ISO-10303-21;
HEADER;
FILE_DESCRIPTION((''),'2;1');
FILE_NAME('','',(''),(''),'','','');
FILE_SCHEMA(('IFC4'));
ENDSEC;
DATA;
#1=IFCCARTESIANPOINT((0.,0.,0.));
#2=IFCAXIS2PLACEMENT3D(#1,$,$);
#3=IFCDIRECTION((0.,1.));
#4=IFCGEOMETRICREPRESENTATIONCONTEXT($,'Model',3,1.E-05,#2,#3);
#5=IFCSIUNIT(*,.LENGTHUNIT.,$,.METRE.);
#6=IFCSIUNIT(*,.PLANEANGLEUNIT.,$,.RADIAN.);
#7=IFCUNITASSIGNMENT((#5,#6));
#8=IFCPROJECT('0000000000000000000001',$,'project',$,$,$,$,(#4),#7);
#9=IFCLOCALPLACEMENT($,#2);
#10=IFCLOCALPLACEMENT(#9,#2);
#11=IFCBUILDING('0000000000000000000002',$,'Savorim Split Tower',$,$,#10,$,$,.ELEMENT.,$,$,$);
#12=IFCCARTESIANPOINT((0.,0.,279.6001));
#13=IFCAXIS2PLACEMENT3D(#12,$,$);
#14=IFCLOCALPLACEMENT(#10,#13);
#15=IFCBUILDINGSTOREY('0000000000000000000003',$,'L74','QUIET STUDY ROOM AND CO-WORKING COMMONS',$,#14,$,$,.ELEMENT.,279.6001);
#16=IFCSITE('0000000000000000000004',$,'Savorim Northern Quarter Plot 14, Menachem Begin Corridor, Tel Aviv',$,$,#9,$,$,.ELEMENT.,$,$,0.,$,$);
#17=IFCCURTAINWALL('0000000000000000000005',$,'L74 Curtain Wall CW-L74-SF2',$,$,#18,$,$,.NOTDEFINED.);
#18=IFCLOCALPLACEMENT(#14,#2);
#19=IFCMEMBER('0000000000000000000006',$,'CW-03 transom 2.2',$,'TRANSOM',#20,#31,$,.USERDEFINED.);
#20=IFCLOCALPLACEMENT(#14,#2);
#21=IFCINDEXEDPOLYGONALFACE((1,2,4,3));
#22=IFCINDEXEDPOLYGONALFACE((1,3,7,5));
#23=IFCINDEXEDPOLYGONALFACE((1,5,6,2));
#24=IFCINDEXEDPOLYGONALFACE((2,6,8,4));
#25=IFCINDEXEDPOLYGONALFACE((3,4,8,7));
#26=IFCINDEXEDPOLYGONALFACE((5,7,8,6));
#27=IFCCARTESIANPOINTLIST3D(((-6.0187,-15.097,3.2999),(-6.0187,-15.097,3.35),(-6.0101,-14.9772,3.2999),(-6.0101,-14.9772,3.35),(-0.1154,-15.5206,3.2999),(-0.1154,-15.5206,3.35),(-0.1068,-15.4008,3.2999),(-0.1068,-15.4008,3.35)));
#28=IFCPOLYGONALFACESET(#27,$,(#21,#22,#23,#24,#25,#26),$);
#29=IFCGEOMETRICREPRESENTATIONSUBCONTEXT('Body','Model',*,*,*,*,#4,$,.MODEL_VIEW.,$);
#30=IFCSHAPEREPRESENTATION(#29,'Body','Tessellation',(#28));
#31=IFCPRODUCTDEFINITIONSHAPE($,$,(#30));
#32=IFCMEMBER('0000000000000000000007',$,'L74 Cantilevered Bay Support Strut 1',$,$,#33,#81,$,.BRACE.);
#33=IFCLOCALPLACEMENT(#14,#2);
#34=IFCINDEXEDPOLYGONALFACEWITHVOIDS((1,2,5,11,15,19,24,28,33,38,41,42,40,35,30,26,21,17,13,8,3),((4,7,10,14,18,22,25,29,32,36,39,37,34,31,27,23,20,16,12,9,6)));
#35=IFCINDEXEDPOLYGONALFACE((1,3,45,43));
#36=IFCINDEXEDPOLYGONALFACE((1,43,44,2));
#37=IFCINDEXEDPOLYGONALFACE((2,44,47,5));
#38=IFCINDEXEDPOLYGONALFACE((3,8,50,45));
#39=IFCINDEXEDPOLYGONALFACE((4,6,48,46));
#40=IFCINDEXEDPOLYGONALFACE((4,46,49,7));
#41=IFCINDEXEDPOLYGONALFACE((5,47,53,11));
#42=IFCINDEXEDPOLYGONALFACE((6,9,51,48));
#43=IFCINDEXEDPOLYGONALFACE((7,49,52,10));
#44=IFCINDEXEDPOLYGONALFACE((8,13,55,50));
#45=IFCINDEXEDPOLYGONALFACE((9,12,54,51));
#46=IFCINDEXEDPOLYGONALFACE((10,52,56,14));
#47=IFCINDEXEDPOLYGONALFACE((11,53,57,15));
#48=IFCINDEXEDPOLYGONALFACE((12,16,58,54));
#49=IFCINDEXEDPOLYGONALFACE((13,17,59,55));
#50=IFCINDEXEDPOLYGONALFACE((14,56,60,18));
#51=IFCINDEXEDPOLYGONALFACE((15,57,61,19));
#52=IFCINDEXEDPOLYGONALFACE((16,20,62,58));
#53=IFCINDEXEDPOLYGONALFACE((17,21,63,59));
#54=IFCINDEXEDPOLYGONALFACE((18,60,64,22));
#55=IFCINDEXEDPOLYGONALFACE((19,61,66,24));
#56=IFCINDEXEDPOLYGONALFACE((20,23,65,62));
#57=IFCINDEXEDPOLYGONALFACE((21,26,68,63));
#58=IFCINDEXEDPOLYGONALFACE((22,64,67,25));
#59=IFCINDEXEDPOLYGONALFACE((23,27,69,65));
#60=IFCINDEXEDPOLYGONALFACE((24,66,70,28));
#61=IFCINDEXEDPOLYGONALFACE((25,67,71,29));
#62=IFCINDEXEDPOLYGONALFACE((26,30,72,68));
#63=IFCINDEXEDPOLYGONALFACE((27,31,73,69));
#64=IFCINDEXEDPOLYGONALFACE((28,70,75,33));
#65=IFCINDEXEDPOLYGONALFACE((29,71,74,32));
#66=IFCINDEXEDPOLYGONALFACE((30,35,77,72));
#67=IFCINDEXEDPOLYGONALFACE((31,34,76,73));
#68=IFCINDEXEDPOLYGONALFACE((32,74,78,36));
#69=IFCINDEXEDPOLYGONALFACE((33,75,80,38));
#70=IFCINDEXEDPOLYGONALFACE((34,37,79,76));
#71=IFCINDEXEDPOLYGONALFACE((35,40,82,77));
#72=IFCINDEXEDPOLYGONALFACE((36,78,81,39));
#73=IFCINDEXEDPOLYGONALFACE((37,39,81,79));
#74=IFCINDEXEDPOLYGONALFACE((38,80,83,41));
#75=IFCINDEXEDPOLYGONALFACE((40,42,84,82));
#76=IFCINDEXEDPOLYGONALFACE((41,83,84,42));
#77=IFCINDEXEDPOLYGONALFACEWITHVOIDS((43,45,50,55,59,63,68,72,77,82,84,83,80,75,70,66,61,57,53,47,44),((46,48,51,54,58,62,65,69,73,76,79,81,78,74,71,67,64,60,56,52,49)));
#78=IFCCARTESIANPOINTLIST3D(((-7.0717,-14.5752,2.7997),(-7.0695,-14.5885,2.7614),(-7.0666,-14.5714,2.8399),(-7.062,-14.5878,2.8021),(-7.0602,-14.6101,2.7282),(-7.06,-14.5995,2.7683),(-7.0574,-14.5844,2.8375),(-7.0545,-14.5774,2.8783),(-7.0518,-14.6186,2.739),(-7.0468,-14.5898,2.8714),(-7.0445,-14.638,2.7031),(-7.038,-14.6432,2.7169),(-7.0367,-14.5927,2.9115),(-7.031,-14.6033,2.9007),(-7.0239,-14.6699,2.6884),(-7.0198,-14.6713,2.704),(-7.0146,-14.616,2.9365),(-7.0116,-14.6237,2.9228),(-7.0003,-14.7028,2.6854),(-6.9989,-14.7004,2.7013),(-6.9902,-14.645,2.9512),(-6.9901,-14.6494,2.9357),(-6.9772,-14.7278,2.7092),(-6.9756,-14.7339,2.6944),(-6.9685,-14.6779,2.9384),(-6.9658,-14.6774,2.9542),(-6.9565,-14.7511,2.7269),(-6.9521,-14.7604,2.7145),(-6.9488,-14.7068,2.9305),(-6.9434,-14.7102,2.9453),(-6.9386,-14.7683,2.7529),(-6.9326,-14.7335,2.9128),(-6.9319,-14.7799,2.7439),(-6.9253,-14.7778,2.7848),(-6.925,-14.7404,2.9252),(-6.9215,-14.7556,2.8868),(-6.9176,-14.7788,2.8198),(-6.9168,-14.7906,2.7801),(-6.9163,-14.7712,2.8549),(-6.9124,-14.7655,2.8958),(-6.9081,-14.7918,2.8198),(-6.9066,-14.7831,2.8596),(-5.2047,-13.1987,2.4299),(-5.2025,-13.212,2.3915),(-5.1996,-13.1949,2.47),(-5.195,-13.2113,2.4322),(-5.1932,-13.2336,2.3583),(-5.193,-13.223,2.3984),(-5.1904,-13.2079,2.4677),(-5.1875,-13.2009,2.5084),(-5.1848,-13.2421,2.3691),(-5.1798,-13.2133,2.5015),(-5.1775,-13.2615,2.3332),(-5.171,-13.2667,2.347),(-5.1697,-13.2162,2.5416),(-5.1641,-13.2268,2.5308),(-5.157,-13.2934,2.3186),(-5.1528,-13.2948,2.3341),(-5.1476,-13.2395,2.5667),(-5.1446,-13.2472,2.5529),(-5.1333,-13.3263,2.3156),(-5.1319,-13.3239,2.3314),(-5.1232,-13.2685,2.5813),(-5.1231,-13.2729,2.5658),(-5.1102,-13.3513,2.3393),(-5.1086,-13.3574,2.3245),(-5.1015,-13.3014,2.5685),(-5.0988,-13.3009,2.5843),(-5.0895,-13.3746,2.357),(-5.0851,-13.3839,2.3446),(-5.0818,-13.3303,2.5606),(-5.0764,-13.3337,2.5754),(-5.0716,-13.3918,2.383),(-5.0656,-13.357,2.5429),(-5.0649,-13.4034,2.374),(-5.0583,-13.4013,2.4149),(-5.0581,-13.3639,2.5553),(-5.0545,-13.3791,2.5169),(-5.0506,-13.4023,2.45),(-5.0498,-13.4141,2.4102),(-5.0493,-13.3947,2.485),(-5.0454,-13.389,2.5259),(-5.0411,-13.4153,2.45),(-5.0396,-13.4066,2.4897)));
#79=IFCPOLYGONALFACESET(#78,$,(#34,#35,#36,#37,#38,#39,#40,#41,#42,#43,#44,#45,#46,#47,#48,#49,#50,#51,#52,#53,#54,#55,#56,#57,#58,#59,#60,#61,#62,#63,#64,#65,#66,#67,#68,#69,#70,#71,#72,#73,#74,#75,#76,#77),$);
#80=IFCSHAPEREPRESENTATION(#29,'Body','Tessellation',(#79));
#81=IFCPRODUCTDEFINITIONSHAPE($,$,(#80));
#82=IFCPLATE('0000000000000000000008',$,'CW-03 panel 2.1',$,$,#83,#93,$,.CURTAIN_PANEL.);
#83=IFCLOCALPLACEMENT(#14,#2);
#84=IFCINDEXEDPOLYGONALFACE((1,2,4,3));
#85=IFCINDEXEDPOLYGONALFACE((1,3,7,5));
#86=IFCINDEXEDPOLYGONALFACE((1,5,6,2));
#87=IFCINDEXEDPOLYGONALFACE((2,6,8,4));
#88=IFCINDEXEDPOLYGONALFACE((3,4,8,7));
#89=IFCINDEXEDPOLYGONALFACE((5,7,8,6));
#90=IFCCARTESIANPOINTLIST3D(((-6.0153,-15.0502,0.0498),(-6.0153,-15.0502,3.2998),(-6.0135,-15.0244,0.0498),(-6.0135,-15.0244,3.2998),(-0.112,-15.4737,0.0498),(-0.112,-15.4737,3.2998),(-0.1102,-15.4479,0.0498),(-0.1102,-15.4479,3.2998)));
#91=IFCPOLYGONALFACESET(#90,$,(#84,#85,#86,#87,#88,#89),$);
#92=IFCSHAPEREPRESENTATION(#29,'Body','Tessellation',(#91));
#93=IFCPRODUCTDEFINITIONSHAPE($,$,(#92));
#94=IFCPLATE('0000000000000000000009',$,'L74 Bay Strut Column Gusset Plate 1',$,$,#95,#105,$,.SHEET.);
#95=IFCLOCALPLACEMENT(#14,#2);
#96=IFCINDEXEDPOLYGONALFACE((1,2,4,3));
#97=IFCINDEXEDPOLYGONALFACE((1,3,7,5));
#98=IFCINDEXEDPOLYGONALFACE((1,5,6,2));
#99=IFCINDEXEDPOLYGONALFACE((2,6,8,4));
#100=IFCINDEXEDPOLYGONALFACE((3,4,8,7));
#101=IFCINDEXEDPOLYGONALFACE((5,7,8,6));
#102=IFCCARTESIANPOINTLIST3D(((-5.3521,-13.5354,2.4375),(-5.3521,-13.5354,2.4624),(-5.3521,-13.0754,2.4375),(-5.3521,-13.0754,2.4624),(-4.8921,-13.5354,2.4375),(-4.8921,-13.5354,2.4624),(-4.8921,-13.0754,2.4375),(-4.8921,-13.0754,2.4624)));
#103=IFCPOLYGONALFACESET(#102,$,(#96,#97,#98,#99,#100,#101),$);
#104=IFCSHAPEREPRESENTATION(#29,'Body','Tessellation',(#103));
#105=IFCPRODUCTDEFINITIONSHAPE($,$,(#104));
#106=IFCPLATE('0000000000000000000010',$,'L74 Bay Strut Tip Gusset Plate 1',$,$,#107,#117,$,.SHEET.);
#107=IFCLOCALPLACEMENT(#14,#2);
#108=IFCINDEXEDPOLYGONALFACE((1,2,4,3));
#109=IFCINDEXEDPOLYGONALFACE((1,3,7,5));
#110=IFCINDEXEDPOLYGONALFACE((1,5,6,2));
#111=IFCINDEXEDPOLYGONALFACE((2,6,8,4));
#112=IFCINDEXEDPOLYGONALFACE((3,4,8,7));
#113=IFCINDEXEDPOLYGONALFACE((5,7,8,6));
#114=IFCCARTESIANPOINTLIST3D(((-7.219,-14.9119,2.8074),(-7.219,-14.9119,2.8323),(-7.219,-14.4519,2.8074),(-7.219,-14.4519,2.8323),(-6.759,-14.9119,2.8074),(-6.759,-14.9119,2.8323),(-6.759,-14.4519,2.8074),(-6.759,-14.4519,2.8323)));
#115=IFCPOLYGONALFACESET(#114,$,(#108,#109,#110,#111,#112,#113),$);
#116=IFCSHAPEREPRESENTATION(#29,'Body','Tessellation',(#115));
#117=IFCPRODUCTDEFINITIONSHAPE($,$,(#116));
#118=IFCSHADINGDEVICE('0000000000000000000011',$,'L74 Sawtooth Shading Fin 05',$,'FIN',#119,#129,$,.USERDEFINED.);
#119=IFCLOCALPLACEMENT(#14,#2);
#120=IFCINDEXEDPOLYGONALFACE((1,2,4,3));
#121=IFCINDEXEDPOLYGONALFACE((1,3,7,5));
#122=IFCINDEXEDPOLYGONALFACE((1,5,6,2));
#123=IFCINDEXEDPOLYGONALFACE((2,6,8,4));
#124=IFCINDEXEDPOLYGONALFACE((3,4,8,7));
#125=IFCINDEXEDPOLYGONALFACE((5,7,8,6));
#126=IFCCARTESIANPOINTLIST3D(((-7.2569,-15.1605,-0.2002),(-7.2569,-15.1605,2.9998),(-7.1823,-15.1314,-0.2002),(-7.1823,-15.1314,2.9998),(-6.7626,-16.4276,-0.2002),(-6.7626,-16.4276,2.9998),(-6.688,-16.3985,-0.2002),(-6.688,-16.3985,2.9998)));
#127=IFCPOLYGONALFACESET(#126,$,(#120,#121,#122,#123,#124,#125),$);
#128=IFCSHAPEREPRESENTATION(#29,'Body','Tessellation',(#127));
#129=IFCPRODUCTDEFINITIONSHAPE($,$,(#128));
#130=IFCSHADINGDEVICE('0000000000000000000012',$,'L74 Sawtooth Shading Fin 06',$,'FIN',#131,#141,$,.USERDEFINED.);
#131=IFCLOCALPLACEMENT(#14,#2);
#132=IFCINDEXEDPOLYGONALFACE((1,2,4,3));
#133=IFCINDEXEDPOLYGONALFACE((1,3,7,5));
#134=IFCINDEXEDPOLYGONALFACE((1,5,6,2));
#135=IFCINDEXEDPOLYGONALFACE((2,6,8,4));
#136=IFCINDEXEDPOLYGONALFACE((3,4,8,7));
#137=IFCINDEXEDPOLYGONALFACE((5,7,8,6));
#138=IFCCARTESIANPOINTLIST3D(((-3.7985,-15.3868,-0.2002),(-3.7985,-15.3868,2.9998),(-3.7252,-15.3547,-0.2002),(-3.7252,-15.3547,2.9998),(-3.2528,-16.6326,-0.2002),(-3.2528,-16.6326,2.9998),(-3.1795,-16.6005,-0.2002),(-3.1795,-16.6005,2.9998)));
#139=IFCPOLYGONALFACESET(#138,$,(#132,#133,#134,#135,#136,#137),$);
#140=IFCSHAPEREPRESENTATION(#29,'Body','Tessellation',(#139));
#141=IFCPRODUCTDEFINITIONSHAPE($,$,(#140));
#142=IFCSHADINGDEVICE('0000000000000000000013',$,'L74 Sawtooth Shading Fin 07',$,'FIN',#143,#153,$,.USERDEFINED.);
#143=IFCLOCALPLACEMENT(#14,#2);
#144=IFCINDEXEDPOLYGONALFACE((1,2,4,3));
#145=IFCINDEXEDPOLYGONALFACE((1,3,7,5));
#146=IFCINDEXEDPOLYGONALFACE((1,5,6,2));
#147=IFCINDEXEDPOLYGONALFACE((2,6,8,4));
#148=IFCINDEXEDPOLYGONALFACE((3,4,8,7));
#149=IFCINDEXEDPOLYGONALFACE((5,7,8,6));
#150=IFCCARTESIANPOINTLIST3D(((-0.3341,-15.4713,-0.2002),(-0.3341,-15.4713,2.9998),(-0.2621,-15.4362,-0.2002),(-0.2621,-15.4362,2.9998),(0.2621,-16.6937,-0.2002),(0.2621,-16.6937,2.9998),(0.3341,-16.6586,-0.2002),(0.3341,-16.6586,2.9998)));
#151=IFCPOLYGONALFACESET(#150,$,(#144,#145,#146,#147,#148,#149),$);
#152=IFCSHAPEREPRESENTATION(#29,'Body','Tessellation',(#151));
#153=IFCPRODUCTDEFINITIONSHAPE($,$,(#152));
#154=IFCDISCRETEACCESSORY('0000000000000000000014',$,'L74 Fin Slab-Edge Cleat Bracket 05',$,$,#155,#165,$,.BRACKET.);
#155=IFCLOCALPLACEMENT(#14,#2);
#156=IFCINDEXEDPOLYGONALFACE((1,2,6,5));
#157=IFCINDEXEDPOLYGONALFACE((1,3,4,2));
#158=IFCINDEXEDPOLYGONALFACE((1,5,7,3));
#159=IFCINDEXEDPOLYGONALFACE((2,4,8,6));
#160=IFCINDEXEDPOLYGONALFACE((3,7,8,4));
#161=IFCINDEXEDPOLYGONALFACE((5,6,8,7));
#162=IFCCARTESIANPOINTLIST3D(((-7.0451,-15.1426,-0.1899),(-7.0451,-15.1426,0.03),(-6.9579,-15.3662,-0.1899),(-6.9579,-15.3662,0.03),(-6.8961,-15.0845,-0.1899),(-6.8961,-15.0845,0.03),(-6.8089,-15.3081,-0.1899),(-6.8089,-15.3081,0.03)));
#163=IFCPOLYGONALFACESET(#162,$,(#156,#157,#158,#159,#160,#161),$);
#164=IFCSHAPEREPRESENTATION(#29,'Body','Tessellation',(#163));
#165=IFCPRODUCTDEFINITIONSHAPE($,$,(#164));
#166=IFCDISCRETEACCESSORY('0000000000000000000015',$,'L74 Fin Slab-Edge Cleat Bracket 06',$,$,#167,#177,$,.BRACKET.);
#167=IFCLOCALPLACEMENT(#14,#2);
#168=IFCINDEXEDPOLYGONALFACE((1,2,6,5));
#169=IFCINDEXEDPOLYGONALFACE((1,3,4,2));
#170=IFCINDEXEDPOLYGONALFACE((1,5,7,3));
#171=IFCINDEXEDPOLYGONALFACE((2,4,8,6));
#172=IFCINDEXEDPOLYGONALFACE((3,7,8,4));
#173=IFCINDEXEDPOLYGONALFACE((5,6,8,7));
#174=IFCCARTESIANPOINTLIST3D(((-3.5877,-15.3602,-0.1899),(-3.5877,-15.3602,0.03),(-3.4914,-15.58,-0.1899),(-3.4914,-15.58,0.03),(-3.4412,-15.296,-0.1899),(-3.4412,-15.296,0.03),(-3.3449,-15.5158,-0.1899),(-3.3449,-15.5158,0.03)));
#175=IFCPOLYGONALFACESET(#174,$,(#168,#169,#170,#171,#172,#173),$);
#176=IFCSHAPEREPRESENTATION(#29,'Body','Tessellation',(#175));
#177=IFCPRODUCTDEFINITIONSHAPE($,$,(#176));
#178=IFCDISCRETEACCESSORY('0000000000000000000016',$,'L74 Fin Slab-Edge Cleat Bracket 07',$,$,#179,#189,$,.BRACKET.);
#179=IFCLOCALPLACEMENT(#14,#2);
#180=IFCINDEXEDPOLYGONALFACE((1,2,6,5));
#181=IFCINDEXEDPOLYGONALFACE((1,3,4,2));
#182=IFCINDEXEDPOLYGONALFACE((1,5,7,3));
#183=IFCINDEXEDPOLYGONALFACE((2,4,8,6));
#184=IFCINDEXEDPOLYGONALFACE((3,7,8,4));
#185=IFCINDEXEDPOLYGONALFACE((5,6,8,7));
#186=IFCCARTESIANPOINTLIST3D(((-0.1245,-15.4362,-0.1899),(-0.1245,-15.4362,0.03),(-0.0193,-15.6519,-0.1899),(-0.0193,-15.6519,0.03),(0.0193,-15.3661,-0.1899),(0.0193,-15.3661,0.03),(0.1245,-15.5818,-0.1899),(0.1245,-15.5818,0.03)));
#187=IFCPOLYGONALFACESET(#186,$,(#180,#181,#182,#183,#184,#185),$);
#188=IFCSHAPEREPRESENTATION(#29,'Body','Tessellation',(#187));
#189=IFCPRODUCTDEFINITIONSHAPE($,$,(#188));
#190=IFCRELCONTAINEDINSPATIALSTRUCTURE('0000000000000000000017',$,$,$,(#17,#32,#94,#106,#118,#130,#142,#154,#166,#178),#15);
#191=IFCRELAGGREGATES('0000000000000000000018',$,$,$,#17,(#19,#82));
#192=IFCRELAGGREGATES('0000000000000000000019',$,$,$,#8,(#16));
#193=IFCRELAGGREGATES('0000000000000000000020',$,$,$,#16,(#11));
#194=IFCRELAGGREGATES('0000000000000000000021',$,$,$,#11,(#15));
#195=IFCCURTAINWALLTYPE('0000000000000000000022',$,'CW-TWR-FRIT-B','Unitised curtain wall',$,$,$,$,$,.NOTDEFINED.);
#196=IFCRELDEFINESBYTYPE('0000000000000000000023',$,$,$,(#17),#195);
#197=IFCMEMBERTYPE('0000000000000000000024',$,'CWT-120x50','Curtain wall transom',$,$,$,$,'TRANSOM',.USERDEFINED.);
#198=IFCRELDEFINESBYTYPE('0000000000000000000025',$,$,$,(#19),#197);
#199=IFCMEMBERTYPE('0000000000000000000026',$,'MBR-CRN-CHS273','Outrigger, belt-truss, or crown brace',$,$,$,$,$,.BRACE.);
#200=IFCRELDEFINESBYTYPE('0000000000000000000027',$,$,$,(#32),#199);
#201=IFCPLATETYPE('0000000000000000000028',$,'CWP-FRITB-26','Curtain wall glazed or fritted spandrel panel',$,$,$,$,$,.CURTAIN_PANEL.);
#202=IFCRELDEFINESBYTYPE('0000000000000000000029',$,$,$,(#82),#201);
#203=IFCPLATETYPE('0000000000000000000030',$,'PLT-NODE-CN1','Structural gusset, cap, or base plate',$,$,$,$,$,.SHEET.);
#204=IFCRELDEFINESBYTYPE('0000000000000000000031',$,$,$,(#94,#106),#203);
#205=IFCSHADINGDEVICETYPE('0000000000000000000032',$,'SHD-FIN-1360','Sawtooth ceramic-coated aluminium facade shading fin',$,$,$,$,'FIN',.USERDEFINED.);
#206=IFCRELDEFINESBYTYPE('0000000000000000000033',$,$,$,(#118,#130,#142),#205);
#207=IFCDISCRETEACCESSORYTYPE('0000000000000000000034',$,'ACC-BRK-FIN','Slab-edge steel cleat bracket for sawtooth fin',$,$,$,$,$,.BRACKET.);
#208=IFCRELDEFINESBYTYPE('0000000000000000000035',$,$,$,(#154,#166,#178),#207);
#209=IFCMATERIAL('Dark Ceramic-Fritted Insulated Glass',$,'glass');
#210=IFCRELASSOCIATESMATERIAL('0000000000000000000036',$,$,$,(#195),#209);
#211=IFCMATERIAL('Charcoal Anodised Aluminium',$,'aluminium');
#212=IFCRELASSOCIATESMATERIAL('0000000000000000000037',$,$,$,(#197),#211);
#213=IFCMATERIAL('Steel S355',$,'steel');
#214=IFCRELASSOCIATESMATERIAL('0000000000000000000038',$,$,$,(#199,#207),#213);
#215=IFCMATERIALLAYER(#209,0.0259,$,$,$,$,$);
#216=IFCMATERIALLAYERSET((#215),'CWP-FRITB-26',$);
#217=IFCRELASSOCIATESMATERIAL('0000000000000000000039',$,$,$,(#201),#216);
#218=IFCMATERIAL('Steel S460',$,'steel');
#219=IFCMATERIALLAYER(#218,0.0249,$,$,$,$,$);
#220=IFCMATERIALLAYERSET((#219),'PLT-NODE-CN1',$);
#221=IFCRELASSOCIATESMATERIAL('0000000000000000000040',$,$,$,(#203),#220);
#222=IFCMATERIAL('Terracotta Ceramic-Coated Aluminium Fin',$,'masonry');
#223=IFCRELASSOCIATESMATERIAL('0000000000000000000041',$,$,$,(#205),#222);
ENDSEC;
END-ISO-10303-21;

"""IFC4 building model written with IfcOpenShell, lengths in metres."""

from ifc_helpers import new_model, si_unit, direction, frame, origin, origin_2d, place, context, subcontext, project, spatial, rectangle, hollow_circle, extrude, material, layer, layer_set, material_profile, profile_set, type_object, element, aggregate, save


model = new_model("IFC4")

# Units and contexts
model_context = context("Model", 3, precision=1e-05, world=origin(), true_north=direction((0.0, 1.0)))
body_context = subcontext(model_context, "Body", "Model", "MODEL_VIEW")
ifc_project = project(units=[si_unit("LENGTHUNIT", "METRE"), si_unit("PLANEANGLEUNIT", "RADIAN")], contexts=[model_context])

# Site, building, storey
site_placement = place(None, origin())
site = spatial("IfcSite", under=ifc_project, at=site_placement, Name="Savorim Northern Quarter Plot 14, Menachem Begin Corridor, Tel Aviv", CompositionType="ELEMENT", RefElevation=0.0)
building_placement = place(site_placement, origin())
building = spatial("IfcBuilding", under=site, at=building_placement, Name="Savorim Split Tower", CompositionType="ELEMENT")
storey_placement = place(building_placement, frame((0.0, 0.0, 279.6001)))
storey = spatial("IfcBuildingStorey", under=building, at=storey_placement, Name="L74", Description="QUIET STUDY ROOM AND CO-WORKING COMMONS", CompositionType="ELEMENT", Elevation=279.6001)

# Shared definitions
ifc_material_1 = material(Name="Steel S355", Category="steel")

# Curtain wall, member
ifc_material_2 = material(Name="Dark Ceramic-Fritted Insulated Glass", Category="glass")
curtain_wall_type = type_object("IfcCurtainWallType", Name="CW-TWR-FRIT-B", Description="Unitised curtain wall", PredefinedType="NOTDEFINED", material=ifc_material_2)
curtain_wall_placement = place(storey_placement, origin())
curtain_wall = element("IfcCurtainWall", 1, at=curtain_wall_placement, inside=storey, type_object=curtain_wall_type, Name="L74 Curtain Wall CW-L74-SF2", PredefinedType="NOTDEFINED")
ifc_material_3 = material(Name="Charcoal Anodised Aluminium", Category="aluminium")
ifc_material_profile_1 = material_profile(ifc_material_3, rectangle(XDim=0.1201, YDim=0.05, at=origin_2d()), Name="ALU-T 120x50")
ifc_profile_set_1 = profile_set([ifc_material_profile_1], Name="Charcoal Anodised Aluminium")
member_type_1 = type_object("IfcMemberType", Name="CWT-120x50", Description="Curtain wall transom", ElementType="TRANSOM", PredefinedType="USERDEFINED", material=ifc_profile_set_1)
member_1_placement = place(storey_placement, frame((-6.0144, -15.0371, 3.325), z_axis=(0.997436, -0.07157, 0.0), x_axis=(0.07157, 0.997436, 0.0)))
member_1 = element("IfcMember", 2, at=member_1_placement, type_object=member_type_1, Name="CW-03 transom 2.2", ObjectType="TRANSOM", PredefinedType="USERDEFINED", context=body_context, shape_type="SweptSolid", body=[
    extrude(rectangle(XDim=0.1201, YDim=0.05, at=origin_2d()), origin(), (0.0, 0.0, 1.0), 5.9185),
])

# Member
ifc_material_profile_2 = material_profile(ifc_material_1, hollow_circle(Radius=0.1365, WallThickness=0.0161, at=origin_2d()), Name="CHS 273x16")
ifc_profile_set_2 = profile_set([ifc_material_profile_2], Name="Steel S355")
member_type_2 = type_object("IfcMemberType", Name="MBR-CRN-CHS273", Description="Outrigger, belt-truss, or crown brace", PredefinedType="BRACE", material=ifc_profile_set_2)
member_2_placement = place(storey_placement, frame((-5.1221, -13.3054, 2.45), z_axis=(-0.794844, -0.586025, 0.157472), x_axis=(0.593429, -0.804886, 0.0)))
element("IfcMember", 3, at=member_2_placement, inside=storey, type_object=member_type_2, Name="L74 Cantilevered Bay Support Strut 1", PredefinedType="BRACE", context=body_context, shape_type="SweptSolid", body=[
    extrude(hollow_circle(Radius=0.1365, WallThickness=0.0161, at=origin_2d()), origin(), (0.0, 0.0, 1.0), 2.3489),
])

# Plate
ifc_layer_1 = layer(ifc_material_2, 0.0259)
ifc_layer_set_1 = layer_set([ifc_layer_1], Name="CWP-FRITB-26")
plate_type_1 = type_object("IfcPlateType", Name="CWP-FRITB-26", Description="Curtain wall glazed or fritted spandrel panel", PredefinedType="CURTAIN_PANEL", material=ifc_layer_set_1)
plate_placement = place(storey_placement, frame((-3.0627, -15.249, 0.0498), z_axis=(0.0, 0.0, 1.0), x_axis=(0.997436, -0.071558, 0.0)))
plate = element("IfcPlate", 4, at=plate_placement, type_object=plate_type_1, Name="CW-03 panel 2.1", PredefinedType="CURTAIN_PANEL", context=body_context, shape_type="SweptSolid", body=[
    extrude(rectangle(XDim=5.9185, YDim=0.0259, at=origin_2d()), origin(), (0.0, 0.0, 1.0), 3.25),
])
aggregate(curtain_wall, [member_1, plate])

# Plates
ifc_material_4 = material(Name="Steel S460", Category="steel")
ifc_layer_2 = layer(ifc_material_4, 0.0249)
ifc_layer_set_2 = layer_set([ifc_layer_2], Name="PLT-NODE-CN1")
plate_type_2 = type_object("IfcPlateType", Name="PLT-NODE-CN1", Description="Structural gusset, cap, or base plate", PredefinedType="SHEET", material=ifc_layer_set_2)
for number, where, z_axis, x_axis, name in (
    (5, (-5.1221, -13.3054, 2.4375), (0.0, 0.0, 1.0), (1.0, 0.0, 0.0), "L74 Bay Strut Column Gusset Plate 1"),
    (6, (-6.989, -14.6819, 2.8074), (0.0, 0.0, 1.0), (1.0, 0.0, 0.0), "L74 Bay Strut Tip Gusset Plate 1"),
):
    element("IfcPlate", number, at=place(storey_placement, frame(where, z_axis=z_axis, x_axis=x_axis)), inside=storey, type_object=plate_type_2, Name=name, PredefinedType="SHEET", context=body_context, shape_type="SweptSolid", body=[
        extrude(rectangle(XDim=0.46, YDim=0.46, at=origin_2d()), origin(), (0.0, 0.0, 1.0), 0.0249),
    ])

# Shading devices
ifc_material_5 = material(Name="Terracotta Ceramic-Coated Aluminium Fin", Category="masonry")
shading_device_type = type_object("IfcShadingDeviceType", Name="SHD-FIN-1360", Description="Sawtooth ceramic-coated aluminium facade shading fin", ElementType="FIN", PredefinedType="USERDEFINED", material=ifc_material_5)
for number, where, z_axis, x_axis, name in (
    (7, (-6.9724, -15.7795, -0.2002), (0.0, 0.0, 1.0), (0.363415, -0.931627, 0.0), "L74 Sawtooth Shading Fin 05"),
    (8, (-3.489, -15.9937, -0.2002), (0.0, 0.0, 1.0), (0.40123, -0.915977, 0.0), "L74 Sawtooth Shading Fin 06"),
    (9, (0.0, -16.0649, -0.2002), (0.0, 0.0, 1.0), (0.438371, -0.898794, 0.0), "L74 Sawtooth Shading Fin 07"),
):
    element("IfcShadingDevice", number, at=place(storey_placement, frame(where, z_axis=z_axis, x_axis=x_axis)), inside=storey, type_object=shading_device_type, Name=name, ObjectType="FIN", PredefinedType="USERDEFINED", context=body_context, shape_type="SweptSolid", body=[
        extrude(rectangle(XDim=1.3601, YDim=0.0801, at=origin_2d()), origin(), (0.0, 0.0, 1.0), 3.2),
    ])

# Discrete accessories
discrete_accessory_type = type_object("IfcDiscreteAccessoryType", Name="ACC-BRK-FIN", Description="Slab-edge steel cleat bracket for sawtooth fin", PredefinedType="BRACKET", material=ifc_material_1)
for number, where, z_axis, x_axis, name in (
    (10, (-6.927, -15.2253, -0.1899), (0.0, 0.0, 1.0), (0.363415, -0.931627, 0.0), "L74 Fin Slab-Edge Cleat Bracket 05"),
    (11, (-3.4663, -15.438, -0.1899), (0.0, 0.0, 1.0), (0.40123, -0.915977, 0.0), "L74 Fin Slab-Edge Cleat Bracket 06"),
    (12, (0.0, -15.509, -0.1899), (0.0, 0.0, 1.0), (0.438371, -0.898794, 0.0), "L74 Fin Slab-Edge Cleat Bracket 07"),
):
    element("IfcDiscreteAccessory", number, at=place(storey_placement, frame(where, z_axis=z_axis, x_axis=x_axis)), inside=storey, type_object=discrete_accessory_type, Name=name, PredefinedType="BRACKET", context=body_context, shape_type="SweptSolid", body=[
        extrude(rectangle(XDim=0.24, YDim=0.1599, at=origin_2d()), origin(), (0.0, 0.0, 1.0), 0.22),
    ])

save(model, "model.ifc")
